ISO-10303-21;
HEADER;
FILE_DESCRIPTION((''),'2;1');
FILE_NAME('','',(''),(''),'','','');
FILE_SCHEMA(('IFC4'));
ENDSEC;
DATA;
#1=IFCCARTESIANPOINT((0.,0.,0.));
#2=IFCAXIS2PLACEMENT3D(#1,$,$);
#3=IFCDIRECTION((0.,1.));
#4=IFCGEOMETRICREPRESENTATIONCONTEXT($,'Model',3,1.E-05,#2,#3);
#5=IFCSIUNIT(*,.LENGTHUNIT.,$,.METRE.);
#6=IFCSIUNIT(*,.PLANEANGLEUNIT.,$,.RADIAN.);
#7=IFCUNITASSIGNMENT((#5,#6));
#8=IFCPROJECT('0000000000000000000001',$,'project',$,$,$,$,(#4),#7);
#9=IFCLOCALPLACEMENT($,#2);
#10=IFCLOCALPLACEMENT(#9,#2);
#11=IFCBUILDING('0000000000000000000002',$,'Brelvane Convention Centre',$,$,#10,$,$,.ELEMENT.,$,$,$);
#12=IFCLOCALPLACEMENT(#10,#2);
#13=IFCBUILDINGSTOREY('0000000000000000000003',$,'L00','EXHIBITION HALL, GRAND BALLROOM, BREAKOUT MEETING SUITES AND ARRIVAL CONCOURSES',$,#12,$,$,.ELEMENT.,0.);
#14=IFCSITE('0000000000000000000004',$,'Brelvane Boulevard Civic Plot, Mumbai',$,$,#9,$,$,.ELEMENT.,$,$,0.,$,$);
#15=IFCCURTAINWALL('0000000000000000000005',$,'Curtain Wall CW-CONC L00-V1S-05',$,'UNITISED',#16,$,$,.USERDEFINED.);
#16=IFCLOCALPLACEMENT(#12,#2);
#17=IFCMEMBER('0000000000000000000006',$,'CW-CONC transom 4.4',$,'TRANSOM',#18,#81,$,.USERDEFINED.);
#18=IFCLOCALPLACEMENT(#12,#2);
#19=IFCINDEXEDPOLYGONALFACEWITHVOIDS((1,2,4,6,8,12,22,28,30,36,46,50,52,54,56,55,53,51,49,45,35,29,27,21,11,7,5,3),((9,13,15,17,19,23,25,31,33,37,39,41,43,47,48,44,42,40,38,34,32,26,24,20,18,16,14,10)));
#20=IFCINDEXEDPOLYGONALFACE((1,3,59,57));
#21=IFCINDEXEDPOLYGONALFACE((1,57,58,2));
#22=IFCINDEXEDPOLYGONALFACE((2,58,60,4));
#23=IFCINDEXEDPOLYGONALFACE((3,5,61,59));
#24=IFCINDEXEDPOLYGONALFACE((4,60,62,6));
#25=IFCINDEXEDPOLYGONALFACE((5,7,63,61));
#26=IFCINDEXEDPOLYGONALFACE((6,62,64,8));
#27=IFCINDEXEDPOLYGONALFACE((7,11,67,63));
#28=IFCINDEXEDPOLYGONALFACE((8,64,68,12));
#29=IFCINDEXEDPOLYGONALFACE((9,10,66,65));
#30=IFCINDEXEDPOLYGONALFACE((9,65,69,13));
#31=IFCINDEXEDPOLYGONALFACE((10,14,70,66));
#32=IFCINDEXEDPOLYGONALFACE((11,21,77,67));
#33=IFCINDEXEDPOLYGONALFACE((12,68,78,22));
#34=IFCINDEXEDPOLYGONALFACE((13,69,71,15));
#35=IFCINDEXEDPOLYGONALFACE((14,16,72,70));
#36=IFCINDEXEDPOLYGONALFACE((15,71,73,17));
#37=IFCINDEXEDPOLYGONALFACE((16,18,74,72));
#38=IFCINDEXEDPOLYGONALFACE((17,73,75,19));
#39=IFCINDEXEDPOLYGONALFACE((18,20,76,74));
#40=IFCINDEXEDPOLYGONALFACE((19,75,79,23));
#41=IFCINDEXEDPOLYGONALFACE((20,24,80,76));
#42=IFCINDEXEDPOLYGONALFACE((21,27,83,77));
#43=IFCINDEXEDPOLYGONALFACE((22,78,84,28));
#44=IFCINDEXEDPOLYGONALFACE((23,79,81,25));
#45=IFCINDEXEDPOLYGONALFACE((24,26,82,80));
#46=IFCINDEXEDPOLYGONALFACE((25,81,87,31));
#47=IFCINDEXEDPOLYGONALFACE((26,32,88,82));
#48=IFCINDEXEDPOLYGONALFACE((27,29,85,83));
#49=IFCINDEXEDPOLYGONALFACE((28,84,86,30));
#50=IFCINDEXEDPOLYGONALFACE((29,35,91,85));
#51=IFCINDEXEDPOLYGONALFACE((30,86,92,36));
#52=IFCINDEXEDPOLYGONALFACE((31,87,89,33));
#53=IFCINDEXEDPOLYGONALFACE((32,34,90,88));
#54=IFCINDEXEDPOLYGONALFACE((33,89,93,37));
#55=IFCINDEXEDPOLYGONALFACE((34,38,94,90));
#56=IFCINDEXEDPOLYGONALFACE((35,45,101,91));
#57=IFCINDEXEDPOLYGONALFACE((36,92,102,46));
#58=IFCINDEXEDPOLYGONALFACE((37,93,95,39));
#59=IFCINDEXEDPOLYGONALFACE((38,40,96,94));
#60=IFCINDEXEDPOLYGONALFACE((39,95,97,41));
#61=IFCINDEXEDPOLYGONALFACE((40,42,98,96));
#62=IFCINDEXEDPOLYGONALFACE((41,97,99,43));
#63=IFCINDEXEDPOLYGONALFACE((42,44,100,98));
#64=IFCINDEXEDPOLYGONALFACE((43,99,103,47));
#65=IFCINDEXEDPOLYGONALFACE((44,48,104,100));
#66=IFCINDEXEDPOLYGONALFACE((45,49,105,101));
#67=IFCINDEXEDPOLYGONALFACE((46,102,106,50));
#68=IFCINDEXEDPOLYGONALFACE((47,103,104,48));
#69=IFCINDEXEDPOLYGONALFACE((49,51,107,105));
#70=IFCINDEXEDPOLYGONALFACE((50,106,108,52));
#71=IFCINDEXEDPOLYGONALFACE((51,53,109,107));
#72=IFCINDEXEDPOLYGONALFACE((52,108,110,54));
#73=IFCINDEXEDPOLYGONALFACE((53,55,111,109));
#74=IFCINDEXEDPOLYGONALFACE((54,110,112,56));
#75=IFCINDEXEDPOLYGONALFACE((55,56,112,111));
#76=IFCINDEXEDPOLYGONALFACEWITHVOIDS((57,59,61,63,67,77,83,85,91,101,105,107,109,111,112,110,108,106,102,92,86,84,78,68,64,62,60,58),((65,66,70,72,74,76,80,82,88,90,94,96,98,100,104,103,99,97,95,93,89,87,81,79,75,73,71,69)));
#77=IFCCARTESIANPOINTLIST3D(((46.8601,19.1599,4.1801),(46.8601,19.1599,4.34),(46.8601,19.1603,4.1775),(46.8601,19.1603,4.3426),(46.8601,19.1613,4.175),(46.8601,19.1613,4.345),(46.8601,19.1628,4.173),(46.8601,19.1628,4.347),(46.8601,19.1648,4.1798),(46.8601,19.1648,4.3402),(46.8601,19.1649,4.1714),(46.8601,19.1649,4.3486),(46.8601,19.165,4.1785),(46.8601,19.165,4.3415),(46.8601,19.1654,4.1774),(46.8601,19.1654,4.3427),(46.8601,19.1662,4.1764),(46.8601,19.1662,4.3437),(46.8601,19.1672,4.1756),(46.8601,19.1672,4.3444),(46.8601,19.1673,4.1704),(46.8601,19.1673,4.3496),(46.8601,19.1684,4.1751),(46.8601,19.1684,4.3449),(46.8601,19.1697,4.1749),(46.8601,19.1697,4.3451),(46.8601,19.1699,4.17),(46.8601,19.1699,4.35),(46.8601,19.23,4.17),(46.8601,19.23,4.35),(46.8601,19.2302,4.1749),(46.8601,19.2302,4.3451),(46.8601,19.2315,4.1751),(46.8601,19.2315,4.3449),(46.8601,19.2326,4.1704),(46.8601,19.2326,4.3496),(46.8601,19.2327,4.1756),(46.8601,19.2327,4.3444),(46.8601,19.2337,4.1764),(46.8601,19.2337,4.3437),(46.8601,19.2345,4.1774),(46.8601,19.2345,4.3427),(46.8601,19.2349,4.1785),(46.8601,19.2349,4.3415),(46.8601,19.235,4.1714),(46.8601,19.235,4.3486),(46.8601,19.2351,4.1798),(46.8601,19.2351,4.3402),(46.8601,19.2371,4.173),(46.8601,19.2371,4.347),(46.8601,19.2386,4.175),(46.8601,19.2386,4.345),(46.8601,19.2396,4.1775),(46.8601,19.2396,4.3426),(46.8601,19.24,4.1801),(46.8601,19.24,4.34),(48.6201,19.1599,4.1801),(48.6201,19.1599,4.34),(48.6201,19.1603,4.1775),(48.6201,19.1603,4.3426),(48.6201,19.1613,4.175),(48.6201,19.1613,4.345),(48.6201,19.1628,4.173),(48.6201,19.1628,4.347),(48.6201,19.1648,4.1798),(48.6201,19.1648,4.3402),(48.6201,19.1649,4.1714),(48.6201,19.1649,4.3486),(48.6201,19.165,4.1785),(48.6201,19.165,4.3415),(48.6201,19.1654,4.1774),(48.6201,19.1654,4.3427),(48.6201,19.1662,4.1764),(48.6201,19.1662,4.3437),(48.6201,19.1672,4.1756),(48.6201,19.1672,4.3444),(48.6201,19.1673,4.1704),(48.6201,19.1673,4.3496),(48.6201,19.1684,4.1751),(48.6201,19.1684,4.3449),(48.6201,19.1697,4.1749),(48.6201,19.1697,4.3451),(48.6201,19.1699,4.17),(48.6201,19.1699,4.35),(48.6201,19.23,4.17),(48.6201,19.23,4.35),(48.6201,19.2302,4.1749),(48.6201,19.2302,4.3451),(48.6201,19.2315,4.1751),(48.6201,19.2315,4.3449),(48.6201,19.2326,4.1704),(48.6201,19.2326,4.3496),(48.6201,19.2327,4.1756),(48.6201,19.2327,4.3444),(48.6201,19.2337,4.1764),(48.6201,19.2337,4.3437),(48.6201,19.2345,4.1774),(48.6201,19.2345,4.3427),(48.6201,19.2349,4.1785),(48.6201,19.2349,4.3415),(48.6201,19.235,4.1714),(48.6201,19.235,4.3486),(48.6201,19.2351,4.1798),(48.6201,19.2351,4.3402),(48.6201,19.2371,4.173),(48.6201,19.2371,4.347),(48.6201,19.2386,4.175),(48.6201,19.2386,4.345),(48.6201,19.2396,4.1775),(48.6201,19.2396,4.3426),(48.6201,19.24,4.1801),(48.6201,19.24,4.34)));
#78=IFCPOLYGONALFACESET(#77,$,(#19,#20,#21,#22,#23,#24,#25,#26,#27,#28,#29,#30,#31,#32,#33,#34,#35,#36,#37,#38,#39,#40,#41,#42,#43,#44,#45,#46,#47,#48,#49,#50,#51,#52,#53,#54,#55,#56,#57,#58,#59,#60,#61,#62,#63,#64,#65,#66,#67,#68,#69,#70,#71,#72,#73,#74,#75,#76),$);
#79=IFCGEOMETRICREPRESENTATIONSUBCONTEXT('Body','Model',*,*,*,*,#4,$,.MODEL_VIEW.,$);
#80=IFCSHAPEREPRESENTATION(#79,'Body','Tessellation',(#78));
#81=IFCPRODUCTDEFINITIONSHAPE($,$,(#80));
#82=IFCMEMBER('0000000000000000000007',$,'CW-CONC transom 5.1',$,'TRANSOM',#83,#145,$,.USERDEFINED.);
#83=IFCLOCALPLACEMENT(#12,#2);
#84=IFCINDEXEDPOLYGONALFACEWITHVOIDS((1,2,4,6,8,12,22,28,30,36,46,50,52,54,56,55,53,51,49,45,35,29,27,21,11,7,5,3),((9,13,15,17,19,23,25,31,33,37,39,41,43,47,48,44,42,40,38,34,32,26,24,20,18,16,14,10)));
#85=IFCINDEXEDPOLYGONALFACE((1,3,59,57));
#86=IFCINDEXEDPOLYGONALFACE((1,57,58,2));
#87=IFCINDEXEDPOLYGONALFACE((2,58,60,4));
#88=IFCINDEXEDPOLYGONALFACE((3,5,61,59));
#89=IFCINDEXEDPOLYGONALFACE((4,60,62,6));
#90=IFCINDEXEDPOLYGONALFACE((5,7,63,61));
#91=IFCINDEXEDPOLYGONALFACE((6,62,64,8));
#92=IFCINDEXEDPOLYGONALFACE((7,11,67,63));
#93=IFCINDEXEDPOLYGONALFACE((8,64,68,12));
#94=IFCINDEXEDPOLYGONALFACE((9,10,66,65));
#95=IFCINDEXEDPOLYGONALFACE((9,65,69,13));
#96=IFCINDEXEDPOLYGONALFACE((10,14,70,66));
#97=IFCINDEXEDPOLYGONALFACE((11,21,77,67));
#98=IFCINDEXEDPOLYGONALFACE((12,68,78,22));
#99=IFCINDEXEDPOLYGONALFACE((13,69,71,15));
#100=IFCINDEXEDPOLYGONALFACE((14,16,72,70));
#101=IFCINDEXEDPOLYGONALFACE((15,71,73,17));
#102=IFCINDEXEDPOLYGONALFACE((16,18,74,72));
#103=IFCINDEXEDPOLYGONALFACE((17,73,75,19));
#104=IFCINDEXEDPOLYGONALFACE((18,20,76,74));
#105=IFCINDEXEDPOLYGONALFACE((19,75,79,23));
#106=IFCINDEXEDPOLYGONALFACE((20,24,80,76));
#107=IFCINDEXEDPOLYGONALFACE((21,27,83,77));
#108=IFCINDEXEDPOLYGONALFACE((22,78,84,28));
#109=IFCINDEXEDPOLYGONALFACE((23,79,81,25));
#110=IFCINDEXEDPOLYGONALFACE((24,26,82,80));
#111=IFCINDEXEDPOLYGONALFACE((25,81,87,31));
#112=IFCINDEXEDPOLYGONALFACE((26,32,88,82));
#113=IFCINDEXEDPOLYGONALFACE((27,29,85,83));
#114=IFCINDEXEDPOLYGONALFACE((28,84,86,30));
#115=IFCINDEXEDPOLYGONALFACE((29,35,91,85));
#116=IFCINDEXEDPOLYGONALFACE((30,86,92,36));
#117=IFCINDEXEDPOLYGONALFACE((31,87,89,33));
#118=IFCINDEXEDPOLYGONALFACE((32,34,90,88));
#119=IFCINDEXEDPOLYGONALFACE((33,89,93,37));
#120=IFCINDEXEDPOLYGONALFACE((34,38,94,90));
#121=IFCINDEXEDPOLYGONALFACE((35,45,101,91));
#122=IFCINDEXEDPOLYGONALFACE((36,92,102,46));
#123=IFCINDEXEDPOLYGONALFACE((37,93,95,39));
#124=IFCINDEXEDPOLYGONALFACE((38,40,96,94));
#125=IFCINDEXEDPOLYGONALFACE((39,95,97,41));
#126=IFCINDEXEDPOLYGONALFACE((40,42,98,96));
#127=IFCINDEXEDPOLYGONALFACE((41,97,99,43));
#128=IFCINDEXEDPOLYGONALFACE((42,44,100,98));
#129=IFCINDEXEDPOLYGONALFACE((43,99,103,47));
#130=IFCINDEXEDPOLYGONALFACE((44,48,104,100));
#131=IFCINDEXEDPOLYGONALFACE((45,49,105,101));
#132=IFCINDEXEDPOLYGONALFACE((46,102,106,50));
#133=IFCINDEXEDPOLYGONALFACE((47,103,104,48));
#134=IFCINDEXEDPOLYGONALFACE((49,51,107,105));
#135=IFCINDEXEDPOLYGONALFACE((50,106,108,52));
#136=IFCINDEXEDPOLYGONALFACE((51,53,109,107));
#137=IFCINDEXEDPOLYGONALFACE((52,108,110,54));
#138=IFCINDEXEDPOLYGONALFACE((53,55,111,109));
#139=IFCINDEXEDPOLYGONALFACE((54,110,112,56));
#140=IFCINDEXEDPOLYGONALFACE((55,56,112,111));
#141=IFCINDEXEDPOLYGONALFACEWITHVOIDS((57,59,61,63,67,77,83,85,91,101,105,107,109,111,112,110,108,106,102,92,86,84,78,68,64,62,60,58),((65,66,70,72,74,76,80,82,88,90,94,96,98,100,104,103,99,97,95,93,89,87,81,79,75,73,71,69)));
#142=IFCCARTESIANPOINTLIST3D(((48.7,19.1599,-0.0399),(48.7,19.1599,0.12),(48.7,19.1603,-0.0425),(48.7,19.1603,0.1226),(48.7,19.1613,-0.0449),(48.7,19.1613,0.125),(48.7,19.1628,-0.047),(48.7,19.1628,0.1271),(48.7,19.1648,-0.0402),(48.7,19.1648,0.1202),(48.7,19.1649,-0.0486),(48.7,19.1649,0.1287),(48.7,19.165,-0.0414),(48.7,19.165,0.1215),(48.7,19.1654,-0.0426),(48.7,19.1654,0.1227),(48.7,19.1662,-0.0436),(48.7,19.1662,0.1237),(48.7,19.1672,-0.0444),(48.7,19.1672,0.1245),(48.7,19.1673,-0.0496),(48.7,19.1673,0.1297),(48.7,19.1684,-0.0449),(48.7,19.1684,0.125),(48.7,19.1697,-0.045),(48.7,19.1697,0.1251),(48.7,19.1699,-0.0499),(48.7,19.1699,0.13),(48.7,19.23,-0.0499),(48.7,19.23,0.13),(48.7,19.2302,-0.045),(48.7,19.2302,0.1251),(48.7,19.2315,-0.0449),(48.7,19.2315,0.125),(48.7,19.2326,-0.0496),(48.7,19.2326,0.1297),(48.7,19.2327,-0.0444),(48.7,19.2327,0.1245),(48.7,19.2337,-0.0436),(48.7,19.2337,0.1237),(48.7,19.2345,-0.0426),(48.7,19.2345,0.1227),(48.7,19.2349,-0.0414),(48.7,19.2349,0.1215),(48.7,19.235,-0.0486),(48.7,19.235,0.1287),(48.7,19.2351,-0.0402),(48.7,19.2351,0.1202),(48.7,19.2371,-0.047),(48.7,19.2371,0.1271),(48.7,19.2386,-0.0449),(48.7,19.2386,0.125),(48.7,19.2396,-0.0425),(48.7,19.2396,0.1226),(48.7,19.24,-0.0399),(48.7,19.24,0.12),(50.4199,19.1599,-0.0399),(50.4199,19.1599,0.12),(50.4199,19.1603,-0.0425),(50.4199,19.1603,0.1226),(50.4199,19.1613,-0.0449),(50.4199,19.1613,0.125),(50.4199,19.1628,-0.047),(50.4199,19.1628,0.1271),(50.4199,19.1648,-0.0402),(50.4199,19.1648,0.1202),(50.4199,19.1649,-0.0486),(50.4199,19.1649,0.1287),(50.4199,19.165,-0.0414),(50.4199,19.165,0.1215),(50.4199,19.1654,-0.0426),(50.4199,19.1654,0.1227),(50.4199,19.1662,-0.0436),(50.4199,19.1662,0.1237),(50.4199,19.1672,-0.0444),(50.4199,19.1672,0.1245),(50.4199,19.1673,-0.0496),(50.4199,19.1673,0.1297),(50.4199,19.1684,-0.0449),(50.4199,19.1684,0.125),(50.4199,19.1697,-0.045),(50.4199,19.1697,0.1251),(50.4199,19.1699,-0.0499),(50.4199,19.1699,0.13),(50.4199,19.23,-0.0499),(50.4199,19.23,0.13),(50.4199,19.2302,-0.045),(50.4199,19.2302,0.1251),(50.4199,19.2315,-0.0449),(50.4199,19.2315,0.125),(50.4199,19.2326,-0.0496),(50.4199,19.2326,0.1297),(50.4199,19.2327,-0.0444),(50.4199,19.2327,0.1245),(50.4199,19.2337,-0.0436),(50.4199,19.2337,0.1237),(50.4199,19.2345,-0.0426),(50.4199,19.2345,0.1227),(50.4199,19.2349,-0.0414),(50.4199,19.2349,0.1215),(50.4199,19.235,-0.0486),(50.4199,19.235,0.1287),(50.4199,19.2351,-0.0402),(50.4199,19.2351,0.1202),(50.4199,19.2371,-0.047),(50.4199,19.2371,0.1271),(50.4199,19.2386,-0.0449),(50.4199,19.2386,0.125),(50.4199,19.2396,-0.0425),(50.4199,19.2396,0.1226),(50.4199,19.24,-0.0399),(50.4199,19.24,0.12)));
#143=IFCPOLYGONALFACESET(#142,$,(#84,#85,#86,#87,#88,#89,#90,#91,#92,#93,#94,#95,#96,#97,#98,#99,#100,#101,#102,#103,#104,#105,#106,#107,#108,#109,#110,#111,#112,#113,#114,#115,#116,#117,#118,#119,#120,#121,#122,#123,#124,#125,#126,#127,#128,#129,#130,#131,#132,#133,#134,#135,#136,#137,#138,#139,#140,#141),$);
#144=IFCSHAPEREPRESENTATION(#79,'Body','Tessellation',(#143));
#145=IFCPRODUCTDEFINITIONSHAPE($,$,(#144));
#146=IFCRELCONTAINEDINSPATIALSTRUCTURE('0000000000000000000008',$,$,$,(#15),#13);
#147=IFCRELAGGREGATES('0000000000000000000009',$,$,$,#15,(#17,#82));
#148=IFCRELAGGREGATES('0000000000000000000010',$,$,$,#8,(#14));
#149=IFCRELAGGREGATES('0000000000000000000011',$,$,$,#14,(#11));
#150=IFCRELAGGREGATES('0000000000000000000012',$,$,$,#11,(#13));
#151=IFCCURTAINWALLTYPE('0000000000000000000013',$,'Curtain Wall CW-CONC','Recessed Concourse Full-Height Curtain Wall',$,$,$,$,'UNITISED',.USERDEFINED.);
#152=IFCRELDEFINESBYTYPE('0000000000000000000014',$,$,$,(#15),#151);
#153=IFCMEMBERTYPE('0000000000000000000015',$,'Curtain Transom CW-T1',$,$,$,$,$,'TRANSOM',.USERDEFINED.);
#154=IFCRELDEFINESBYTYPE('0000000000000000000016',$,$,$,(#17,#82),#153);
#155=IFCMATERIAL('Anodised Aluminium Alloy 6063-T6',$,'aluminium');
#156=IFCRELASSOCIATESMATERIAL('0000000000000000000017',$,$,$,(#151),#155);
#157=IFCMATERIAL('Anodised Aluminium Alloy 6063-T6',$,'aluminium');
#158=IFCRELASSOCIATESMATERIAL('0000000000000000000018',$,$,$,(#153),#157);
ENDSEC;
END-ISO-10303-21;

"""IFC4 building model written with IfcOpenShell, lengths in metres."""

from ifc_helpers import new_model, si_unit, direction, frame, origin, origin_2d, place, context, subcontext, project, spatial, hollow_rectangle, extrude, material, material_profile, profile_set, type_object, element, aggregate, save


model = new_model("IFC4")

# Units and contexts
model_context = context("Model", 3, precision=1e-05, world=origin(), true_north=direction((0.0, 1.0)))
body_context = subcontext(model_context, "Body", "Model", "MODEL_VIEW")
ifc_project = project(units=[si_unit("LENGTHUNIT", "METRE"), si_unit("PLANEANGLEUNIT", "RADIAN")], contexts=[model_context])

# Site, building, storey
site_placement = place(None, origin())
site = spatial("IfcSite", under=ifc_project, at=site_placement, Name="Brelvane Boulevard Civic Plot, Mumbai", CompositionType="ELEMENT", RefElevation=0.0)
building_placement = place(site_placement, origin())
building = spatial("IfcBuilding", under=site, at=building_placement, Name="Brelvane Convention Centre", CompositionType="ELEMENT")
storey_placement = place(building_placement, origin())
storey = spatial("IfcBuildingStorey", under=building, at=storey_placement, Name="L00", Description="EXHIBITION HALL, GRAND BALLROOM, BREAKOUT MEETING SUITES AND ARRIVAL CONCOURSES", CompositionType="ELEMENT", Elevation=0.0)

# Curtain wall, members
ifc_material_1 = material(Name="Anodised Aluminium Alloy 6063-T6", Category="aluminium")
curtain_wall_type = type_object("IfcCurtainWallType", Name="Curtain Wall CW-CONC", Description="Recessed Concourse Full-Height Curtain Wall", ElementType="UNITISED", PredefinedType="USERDEFINED", material=ifc_material_1)
curtain_wall_placement = place(storey_placement, origin())
curtain_wall = element("IfcCurtainWall", 1, at=curtain_wall_placement, inside=storey, type_object=curtain_wall_type, Name="Curtain Wall CW-CONC L00-V1S-05", ObjectType="UNITISED", PredefinedType="USERDEFINED")
ifc_material_2 = material(Name="Anodised Aluminium Alloy 6063-T6", Category="aluminium")
ifc_material_profile_1 = material_profile(ifc_material_2, hollow_rectangle(XDim=0.0801, YDim=0.1799, WallThickness=0.0049, InnerFilletRadius=0.0049, OuterFilletRadius=0.01, at=origin_2d()), Name="ALU-T 180x80x5.0")
ifc_profile_set_1 = profile_set([ifc_material_profile_1], Name="Anodised Aluminium Alloy 6063-T6")
member_type_1 = type_object("IfcMemberType", Name="Curtain Transom CW-T1", ElementType="TRANSOM", PredefinedType="USERDEFINED", material=ifc_profile_set_1)
member_1_placement = place(storey_placement, frame((46.8601, 19.2, 4.26), z_axis=(1.0, 0.0, 0.0), x_axis=(0.0, 1.0, 0.0)))
member_1 = element("IfcMember", 2, at=member_1_placement, type_object=member_type_1, Name="CW-CONC transom 4.4", ObjectType="TRANSOM", PredefinedType="USERDEFINED", context=body_context, shape_type="SweptSolid", body=[
    extrude(hollow_rectangle(XDim=0.0801, YDim=0.1799, WallThickness=0.0049, InnerFilletRadius=0.0049, OuterFilletRadius=0.01, at=origin_2d()), origin(), (0.0, 0.0, 1.0), 1.76),
])
member_2_placement = place(storey_placement, frame((48.7, 19.2, 0.04), z_axis=(1.0, 0.0, 0.0), x_axis=(0.0, 1.0, 0.0)))
member_2 = element("IfcMember", 3, at=member_2_placement, type_object=member_type_1, Name="CW-CONC transom 5.1", ObjectType="TRANSOM", PredefinedType="USERDEFINED", context=body_context, shape_type="SweptSolid", body=[
    extrude(hollow_rectangle(XDim=0.0801, YDim=0.1799, WallThickness=0.0049, InnerFilletRadius=0.0049, OuterFilletRadius=0.01, at=origin_2d()), origin(), (0.0, 0.0, 1.0), 1.72),
])
aggregate(curtain_wall, [member_1, member_2])

save(model, "model.ifc")
